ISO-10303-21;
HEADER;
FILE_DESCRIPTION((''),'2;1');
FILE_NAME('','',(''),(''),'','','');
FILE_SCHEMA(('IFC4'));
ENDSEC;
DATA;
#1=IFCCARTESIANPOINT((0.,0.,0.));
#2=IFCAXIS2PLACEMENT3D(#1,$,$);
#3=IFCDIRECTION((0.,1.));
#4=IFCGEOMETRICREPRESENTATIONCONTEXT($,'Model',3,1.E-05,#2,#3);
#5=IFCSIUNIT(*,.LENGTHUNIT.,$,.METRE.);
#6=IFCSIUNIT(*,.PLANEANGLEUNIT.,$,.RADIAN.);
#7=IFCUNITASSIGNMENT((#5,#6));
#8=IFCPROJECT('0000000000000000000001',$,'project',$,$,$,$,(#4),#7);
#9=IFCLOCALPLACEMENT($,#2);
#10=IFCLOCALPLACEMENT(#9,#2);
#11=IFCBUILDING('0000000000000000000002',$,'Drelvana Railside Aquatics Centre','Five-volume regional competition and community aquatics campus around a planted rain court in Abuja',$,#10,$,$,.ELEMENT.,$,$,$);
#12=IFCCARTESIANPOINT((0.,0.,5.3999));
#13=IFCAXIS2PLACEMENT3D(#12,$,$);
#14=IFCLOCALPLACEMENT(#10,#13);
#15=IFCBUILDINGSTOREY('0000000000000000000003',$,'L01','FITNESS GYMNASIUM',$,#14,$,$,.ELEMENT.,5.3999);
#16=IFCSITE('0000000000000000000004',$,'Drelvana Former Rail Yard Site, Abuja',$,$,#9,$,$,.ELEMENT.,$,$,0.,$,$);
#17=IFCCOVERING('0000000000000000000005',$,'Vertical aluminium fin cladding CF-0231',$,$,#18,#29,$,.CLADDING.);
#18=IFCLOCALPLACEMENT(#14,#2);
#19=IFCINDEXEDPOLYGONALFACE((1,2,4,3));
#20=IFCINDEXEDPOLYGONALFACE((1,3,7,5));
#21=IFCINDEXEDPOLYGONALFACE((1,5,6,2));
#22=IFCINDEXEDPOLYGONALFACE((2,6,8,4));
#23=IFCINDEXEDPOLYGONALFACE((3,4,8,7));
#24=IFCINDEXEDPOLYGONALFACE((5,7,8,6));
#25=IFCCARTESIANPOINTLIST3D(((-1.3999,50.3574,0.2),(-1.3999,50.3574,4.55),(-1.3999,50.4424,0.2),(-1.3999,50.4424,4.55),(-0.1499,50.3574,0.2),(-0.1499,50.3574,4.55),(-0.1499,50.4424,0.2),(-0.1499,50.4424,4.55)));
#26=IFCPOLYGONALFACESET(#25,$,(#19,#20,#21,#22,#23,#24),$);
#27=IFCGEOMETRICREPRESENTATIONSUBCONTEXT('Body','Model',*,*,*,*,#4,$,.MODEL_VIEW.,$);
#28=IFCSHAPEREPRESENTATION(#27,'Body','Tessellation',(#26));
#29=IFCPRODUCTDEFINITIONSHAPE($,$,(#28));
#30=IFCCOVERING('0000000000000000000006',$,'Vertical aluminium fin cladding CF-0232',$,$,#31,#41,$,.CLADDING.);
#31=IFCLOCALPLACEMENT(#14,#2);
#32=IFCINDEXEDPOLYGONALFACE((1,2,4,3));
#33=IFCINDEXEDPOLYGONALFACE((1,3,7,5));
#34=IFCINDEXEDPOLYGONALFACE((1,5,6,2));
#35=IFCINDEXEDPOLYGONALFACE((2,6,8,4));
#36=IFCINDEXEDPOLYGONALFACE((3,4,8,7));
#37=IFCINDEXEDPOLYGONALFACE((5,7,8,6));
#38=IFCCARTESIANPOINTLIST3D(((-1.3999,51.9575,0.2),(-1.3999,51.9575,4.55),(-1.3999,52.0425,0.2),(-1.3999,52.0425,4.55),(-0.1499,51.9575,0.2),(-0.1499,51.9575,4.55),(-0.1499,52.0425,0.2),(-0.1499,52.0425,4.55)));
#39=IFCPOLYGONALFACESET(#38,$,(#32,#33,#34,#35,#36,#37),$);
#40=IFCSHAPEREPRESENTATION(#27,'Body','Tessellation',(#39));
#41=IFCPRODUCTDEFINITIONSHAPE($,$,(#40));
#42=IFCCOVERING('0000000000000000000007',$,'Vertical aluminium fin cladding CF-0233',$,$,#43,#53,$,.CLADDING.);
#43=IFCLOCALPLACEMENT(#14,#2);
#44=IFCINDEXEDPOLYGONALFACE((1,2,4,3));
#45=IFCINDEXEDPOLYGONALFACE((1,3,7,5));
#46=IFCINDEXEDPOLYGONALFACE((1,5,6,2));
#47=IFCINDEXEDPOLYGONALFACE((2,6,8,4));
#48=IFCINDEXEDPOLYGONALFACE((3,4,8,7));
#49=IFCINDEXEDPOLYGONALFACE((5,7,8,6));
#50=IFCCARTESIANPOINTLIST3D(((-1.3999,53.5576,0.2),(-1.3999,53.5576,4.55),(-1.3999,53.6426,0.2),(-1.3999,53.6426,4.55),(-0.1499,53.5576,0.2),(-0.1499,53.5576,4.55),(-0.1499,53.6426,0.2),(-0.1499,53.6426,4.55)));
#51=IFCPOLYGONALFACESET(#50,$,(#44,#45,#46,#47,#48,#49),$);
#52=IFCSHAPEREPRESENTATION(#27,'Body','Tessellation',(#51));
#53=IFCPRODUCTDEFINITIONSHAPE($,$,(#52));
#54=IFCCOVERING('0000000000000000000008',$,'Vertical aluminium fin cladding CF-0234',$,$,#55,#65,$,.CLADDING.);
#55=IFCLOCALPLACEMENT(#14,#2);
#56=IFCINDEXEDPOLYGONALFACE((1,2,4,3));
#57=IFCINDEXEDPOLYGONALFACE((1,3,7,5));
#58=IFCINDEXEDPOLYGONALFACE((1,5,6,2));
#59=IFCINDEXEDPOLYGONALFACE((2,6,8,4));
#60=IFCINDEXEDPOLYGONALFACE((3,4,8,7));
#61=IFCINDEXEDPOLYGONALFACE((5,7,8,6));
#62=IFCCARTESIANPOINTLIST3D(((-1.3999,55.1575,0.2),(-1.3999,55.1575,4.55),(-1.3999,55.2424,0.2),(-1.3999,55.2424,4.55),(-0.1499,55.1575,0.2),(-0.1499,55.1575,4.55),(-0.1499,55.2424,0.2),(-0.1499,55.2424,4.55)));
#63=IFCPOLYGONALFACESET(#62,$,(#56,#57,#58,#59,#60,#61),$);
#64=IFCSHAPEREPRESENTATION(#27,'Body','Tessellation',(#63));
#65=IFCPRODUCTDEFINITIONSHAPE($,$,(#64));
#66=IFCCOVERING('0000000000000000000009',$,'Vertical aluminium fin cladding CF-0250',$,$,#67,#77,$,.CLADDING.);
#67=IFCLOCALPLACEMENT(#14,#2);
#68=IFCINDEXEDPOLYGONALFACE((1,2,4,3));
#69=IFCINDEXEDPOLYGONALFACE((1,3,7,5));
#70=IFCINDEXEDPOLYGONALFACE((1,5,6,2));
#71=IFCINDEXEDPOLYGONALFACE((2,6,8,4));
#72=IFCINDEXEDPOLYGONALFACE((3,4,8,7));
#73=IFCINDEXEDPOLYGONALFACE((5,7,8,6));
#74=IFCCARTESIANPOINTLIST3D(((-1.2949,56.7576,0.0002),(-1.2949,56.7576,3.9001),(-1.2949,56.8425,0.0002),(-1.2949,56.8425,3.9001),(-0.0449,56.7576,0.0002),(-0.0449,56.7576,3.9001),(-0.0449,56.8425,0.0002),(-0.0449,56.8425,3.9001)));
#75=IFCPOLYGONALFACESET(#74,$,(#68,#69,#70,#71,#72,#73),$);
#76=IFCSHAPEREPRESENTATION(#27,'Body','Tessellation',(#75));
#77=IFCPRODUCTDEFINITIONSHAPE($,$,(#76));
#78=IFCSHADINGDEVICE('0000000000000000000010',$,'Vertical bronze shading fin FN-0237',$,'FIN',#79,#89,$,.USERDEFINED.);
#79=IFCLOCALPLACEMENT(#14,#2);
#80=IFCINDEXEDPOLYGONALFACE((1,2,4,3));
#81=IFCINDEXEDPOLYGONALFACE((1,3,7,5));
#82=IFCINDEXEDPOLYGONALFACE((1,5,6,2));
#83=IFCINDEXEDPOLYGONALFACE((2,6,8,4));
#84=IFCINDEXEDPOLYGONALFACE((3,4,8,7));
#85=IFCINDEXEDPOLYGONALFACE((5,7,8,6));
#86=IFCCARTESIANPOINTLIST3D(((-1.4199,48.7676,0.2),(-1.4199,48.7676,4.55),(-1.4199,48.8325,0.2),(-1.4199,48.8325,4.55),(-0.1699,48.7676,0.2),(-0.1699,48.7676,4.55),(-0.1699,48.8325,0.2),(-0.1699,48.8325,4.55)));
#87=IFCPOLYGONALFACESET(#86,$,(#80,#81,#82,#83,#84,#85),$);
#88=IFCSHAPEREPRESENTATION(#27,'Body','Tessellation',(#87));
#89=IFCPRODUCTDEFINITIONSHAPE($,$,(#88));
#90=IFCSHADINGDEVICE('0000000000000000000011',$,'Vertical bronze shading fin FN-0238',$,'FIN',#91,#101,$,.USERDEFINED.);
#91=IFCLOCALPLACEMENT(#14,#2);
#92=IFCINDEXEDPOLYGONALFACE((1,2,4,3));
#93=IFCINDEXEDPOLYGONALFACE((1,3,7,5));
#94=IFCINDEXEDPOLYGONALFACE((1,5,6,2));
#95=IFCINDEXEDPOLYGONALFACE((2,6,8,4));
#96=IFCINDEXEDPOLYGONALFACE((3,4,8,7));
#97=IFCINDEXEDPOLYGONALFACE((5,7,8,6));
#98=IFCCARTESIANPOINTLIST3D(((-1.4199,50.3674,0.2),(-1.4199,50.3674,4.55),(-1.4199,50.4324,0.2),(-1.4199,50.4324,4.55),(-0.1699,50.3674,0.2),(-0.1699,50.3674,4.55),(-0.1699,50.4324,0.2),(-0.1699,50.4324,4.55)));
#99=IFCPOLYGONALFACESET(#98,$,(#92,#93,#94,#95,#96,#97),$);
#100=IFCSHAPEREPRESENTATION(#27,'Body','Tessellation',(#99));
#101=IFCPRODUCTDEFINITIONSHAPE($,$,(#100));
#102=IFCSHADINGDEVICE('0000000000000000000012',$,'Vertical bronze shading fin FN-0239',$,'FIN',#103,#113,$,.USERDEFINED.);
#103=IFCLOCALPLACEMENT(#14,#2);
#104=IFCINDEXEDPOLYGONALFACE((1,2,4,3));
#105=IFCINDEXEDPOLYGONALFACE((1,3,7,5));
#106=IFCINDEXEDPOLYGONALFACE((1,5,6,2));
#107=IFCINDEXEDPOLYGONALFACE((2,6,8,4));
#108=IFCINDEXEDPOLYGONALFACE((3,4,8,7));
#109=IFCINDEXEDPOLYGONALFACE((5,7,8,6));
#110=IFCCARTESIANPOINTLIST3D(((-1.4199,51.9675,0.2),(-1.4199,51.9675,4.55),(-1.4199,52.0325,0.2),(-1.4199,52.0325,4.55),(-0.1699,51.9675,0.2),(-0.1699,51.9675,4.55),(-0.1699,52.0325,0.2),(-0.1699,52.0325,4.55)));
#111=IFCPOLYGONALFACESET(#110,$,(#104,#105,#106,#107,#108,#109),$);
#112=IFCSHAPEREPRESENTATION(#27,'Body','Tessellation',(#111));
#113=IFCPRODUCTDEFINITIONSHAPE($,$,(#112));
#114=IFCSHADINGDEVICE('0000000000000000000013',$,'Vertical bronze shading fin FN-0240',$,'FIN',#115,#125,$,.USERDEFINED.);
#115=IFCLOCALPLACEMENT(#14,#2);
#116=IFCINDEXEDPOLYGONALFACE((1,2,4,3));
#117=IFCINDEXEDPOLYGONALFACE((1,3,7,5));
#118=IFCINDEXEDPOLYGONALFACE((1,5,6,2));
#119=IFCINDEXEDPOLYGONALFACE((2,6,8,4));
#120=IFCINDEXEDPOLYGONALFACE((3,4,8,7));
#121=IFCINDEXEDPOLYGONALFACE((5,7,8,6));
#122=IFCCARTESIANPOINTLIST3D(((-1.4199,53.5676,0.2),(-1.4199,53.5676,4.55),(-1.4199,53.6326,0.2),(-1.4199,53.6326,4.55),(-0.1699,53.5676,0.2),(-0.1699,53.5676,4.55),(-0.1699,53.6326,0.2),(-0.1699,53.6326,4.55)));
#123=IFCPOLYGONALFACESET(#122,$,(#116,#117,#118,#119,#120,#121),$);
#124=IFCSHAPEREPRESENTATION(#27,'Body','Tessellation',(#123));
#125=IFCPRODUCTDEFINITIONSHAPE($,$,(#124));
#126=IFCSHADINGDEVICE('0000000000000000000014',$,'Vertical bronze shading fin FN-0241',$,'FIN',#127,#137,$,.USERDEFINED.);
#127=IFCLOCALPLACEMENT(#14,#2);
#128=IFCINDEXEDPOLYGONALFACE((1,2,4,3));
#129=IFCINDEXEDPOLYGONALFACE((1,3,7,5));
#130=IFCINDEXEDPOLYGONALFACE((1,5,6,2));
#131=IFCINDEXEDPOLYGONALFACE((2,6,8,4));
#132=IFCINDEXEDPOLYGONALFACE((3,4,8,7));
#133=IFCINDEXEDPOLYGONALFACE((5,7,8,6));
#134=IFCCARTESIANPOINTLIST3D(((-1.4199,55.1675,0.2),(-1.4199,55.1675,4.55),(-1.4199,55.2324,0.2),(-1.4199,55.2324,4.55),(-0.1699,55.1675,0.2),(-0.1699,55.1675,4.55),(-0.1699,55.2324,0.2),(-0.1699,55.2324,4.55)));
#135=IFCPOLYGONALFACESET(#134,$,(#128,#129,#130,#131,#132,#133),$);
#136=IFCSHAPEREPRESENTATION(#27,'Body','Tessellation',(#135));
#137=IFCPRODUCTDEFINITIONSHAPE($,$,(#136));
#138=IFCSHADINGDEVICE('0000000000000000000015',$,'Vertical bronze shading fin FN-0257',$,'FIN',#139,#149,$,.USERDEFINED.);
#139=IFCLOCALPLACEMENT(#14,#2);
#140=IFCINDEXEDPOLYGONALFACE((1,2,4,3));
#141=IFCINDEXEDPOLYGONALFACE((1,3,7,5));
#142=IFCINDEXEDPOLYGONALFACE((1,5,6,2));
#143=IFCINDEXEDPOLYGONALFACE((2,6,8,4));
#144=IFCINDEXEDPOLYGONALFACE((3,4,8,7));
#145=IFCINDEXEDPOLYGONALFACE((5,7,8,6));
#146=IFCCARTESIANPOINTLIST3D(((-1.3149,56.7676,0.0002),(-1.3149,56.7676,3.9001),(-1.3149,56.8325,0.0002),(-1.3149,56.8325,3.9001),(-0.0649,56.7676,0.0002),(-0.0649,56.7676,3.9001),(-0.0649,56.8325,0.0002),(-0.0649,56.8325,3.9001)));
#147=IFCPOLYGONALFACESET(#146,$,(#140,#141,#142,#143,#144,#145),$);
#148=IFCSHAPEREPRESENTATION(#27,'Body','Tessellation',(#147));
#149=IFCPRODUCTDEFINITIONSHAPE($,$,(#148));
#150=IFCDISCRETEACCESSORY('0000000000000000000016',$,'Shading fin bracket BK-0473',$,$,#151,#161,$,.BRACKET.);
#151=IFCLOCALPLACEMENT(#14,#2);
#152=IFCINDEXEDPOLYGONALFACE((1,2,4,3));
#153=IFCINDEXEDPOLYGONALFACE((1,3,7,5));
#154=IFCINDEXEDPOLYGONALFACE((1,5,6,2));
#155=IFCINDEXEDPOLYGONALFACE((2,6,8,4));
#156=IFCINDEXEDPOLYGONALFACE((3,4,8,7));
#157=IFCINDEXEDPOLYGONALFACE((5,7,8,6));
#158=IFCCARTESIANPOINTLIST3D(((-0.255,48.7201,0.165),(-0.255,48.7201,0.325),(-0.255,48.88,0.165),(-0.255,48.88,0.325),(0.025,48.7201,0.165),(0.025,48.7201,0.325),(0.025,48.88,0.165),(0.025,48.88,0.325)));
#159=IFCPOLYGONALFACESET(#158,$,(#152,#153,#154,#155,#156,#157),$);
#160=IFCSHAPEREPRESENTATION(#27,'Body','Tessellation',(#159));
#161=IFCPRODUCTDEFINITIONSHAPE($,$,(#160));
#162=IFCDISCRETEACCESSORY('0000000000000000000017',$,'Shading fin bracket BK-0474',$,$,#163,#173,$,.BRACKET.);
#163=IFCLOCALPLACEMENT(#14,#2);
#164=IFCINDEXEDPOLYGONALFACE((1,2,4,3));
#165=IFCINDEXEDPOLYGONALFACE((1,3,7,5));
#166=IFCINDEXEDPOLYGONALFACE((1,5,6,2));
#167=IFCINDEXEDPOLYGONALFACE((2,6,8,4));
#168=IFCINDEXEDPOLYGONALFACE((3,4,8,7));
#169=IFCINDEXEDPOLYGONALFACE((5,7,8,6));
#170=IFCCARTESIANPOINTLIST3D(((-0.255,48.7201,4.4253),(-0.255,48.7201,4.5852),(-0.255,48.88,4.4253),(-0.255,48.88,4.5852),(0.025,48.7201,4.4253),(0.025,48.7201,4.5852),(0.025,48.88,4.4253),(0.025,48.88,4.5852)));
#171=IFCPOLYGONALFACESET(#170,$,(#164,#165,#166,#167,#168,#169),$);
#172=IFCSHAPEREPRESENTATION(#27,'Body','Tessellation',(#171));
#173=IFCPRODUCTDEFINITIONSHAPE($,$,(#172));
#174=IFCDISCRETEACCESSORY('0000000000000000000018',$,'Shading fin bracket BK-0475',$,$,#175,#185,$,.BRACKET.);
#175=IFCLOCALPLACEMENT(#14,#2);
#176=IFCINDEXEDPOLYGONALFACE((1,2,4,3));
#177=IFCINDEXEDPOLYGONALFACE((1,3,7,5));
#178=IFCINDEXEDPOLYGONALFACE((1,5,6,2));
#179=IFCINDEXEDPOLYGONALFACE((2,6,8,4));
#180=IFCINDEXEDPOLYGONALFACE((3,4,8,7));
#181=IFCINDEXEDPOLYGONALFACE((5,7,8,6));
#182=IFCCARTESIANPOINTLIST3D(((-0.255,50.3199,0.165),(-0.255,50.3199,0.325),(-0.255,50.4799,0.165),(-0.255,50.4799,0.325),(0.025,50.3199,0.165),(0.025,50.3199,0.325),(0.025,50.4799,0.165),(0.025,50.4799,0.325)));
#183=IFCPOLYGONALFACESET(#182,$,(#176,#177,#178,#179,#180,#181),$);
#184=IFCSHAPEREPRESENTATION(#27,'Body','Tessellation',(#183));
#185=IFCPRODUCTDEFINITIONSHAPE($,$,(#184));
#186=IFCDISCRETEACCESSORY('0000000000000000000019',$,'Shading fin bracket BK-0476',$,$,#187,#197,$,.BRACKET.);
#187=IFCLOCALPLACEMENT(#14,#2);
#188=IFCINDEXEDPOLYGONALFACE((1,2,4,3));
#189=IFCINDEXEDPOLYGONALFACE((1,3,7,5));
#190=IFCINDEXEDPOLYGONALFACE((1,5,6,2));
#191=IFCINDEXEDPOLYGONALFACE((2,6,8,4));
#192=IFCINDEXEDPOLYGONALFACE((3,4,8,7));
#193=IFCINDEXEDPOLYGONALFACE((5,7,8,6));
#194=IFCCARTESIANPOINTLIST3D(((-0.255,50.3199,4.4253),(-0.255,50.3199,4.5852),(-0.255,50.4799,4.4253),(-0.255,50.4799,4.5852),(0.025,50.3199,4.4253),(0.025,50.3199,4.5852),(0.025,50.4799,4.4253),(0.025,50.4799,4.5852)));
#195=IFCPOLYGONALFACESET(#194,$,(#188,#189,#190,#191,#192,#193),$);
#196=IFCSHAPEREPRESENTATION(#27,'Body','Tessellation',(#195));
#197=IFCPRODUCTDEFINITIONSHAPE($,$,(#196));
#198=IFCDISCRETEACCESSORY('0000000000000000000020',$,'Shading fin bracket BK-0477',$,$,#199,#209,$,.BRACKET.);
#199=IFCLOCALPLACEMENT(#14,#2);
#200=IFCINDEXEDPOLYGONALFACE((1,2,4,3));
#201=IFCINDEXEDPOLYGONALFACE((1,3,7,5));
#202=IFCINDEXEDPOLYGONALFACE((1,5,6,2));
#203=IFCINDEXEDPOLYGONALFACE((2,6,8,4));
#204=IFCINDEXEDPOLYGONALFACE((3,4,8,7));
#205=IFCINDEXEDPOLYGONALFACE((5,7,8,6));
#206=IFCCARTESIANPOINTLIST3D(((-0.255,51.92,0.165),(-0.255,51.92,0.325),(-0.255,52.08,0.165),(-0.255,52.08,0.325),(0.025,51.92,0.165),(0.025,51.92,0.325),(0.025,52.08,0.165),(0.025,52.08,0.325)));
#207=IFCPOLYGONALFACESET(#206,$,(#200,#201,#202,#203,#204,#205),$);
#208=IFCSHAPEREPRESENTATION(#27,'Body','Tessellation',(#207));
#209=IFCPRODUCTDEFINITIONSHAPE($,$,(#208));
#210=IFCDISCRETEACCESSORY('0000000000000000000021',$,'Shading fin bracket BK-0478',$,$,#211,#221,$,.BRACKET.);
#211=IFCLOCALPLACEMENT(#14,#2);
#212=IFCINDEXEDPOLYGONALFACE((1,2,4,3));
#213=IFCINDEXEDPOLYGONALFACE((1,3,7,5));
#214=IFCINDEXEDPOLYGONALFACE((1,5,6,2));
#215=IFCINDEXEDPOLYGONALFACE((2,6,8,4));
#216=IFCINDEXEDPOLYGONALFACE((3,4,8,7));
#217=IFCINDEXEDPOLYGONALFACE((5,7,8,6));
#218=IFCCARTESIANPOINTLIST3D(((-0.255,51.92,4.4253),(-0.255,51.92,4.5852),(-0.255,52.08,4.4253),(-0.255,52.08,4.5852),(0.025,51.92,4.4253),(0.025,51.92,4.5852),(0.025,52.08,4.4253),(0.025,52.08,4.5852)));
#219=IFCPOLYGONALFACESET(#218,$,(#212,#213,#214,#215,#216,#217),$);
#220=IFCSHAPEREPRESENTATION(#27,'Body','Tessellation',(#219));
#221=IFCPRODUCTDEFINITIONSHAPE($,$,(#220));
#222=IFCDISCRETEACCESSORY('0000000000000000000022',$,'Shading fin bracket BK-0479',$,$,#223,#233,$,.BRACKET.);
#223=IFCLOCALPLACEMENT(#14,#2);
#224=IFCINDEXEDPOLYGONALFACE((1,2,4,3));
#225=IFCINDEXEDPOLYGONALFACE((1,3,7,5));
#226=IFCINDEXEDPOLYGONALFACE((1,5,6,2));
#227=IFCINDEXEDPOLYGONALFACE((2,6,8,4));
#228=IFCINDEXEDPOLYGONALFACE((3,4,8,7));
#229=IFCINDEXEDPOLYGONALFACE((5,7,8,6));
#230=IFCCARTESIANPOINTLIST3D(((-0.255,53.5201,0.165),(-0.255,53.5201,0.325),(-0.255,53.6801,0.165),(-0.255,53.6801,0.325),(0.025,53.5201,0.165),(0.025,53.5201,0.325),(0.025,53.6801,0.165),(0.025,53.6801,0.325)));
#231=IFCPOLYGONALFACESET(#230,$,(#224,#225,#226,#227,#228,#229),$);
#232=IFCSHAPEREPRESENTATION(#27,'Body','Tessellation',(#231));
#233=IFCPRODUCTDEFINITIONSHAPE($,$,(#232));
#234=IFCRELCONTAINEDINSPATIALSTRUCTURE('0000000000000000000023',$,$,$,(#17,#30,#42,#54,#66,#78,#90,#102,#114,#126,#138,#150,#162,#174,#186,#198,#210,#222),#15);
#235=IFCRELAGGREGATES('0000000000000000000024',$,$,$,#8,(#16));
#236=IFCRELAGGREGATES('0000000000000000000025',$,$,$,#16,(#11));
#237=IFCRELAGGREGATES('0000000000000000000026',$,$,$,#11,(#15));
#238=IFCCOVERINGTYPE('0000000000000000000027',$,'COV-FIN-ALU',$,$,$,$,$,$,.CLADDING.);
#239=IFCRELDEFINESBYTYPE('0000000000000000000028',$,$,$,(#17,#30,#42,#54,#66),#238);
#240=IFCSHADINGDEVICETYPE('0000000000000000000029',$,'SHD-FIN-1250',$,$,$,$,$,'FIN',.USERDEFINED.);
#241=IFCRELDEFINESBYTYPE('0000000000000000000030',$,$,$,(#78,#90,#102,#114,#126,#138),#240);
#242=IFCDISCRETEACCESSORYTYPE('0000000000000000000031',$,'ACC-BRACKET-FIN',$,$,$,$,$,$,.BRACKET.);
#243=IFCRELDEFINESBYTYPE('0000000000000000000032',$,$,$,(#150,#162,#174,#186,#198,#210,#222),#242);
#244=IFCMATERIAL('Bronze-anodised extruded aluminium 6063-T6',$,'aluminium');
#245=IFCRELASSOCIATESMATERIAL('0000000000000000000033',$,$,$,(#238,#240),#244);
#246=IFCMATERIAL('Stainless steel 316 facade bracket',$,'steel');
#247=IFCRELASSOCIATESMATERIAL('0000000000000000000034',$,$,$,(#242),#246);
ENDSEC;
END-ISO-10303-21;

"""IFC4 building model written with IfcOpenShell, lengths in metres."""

from ifc_helpers import new_model, si_unit, direction, frame, origin, origin_2d, place, context, subcontext, project, spatial, rectangle, extrude, material, type_object, element, save


model = new_model("IFC4")

# Units and contexts
model_context = context("Model", 3, precision=1e-05, world=origin(), true_north=direction((0.0, 1.0)))
body_context = subcontext(model_context, "Body", "Model", "MODEL_VIEW")
ifc_project = project(units=[si_unit("LENGTHUNIT", "METRE"), si_unit("PLANEANGLEUNIT", "RADIAN")], contexts=[model_context])

# Site, building, storey
site_placement = place(None, origin())
site = spatial("IfcSite", under=ifc_project, at=site_placement, Name="Drelvana Former Rail Yard Site, Abuja", CompositionType="ELEMENT", RefElevation=0.0)
building_placement = place(site_placement, origin())
building = spatial("IfcBuilding", under=site, at=building_placement, Name="Drelvana Railside Aquatics Centre", Description="Five-volume regional competition and community aquatics campus around a planted rain court in Abuja", CompositionType="ELEMENT")
storey_placement = place(building_placement, frame((0.0, 0.0, 5.3999)))
storey = spatial("IfcBuildingStorey", under=building, at=storey_placement, Name="L01", Description="FITNESS GYMNASIUM", CompositionType="ELEMENT", Elevation=5.3999)

# Coverings
ifc_material_1 = material(Name="Bronze-anodised extruded aluminium 6063-T6", Category="aluminium")
covering_type = type_object("IfcCoveringType", Name="COV-FIN-ALU", PredefinedType="CLADDING", material=ifc_material_1)
for number, where, z_axis, x_axis, name in (
    (1, (-0.7749, 50.3999, 0.2), (0.0, 0.0, 1.0), (0.0, 1.0, 0.0), "Vertical aluminium fin cladding CF-0231"),
    (2, (-0.7749, 52.0, 0.2), (0.0, 0.0, 1.0), (0.0, 1.0, 0.0), "Vertical aluminium fin cladding CF-0232"),
    (3, (-0.7749, 53.6001, 0.2), (0.0, 0.0, 1.0), (0.0, 1.0, 0.0), "Vertical aluminium fin cladding CF-0233"),
    (4, (-0.7749, 55.2, 0.2), (0.0, 0.0, 1.0), (0.0, 1.0, 0.0), "Vertical aluminium fin cladding CF-0234"),
):
    element("IfcCovering", number, at=place(storey_placement, frame(where, z_axis=z_axis, x_axis=x_axis)), inside=storey, type_object=covering_type, Name=name, PredefinedType="CLADDING", context=body_context, shape_type="SweptSolid", body=[
        extrude(rectangle(XDim=0.085, YDim=1.25, at=origin_2d()), origin(), (0.0, 0.0, 1.0), 4.3501),
    ])
covering_placement = place(storey_placement, frame((-0.6699, 56.8, 0.0002), z_axis=(0.0, 0.0, 1.0), x_axis=(0.0, 1.0, 0.0)))
element("IfcCovering", 5, at=covering_placement, inside=storey, type_object=covering_type, Name="Vertical aluminium fin cladding CF-0250", PredefinedType="CLADDING", context=body_context, shape_type="SweptSolid", body=[
    extrude(rectangle(XDim=0.085, YDim=1.25, at=origin_2d()), origin(), (0.0, 0.0, 1.0), 3.8999),
])

# Shading devices
shading_device_type = type_object("IfcShadingDeviceType", Name="SHD-FIN-1250", ElementType="FIN", PredefinedType="USERDEFINED", material=ifc_material_1)
for number, where, z_axis, x_axis, name in (
    (6, (-0.7949, 48.8, 0.2), (0.0, 0.0, 1.0), (-1.0, 0.0, 0.0), "Vertical bronze shading fin FN-0237"),
    (7, (-0.7949, 50.3999, 0.2), (0.0, 0.0, 1.0), (-1.0, 0.0, 0.0), "Vertical bronze shading fin FN-0238"),
    (8, (-0.7949, 52.0, 0.2), (0.0, 0.0, 1.0), (-1.0, 0.0, 0.0), "Vertical bronze shading fin FN-0239"),
    (9, (-0.7949, 53.6001, 0.2), (0.0, 0.0, 1.0), (-1.0, 0.0, 0.0), "Vertical bronze shading fin FN-0240"),
    (10, (-0.7949, 55.2, 0.2), (0.0, 0.0, 1.0), (-1.0, 0.0, 0.0), "Vertical bronze shading fin FN-0241"),
):
    element("IfcShadingDevice", number, at=place(storey_placement, frame(where, z_axis=z_axis, x_axis=x_axis)), inside=storey, type_object=shading_device_type, Name=name, ObjectType="FIN", PredefinedType="USERDEFINED", context=body_context, shape_type="SweptSolid", body=[
        extrude(rectangle(XDim=1.25, YDim=0.0649, at=origin_2d()), origin(), (0.0, 0.0, 1.0), 4.3501),
    ])
shading_device_placement = place(storey_placement, frame((-0.6899, 56.8, 0.0002), z_axis=(0.0, 0.0, 1.0), x_axis=(-1.0, 0.0, 0.0)))
element("IfcShadingDevice", 11, at=shading_device_placement, inside=storey, type_object=shading_device_type, Name="Vertical bronze shading fin FN-0257", ObjectType="FIN", PredefinedType="USERDEFINED", context=body_context, shape_type="SweptSolid", body=[
    extrude(rectangle(XDim=1.25, YDim=0.0649, at=origin_2d()), origin(), (0.0, 0.0, 1.0), 3.8999),
])

# Discrete accessories
ifc_material_2 = material(Name="Stainless steel 316 facade bracket", Category="steel")
discrete_accessory_type = type_object("IfcDiscreteAccessoryType", Name="ACC-BRACKET-FIN", PredefinedType="BRACKET", material=ifc_material_2)
for number, where, z_axis, x_axis, name in (
    (12, (-0.115, 48.8, 0.165), (0.0, 0.0, 1.0), (-1.0, 0.0, 0.0), "Shading fin bracket BK-0473"),
    (13, (-0.115, 48.8, 4.4253), (0.0, 0.0, 1.0), (-1.0, 0.0, 0.0), "Shading fin bracket BK-0474"),
    (14, (-0.115, 50.3999, 0.165), (0.0, 0.0, 1.0), (-1.0, 0.0, 0.0), "Shading fin bracket BK-0475"),
    (15, (-0.115, 50.3999, 4.4253), (0.0, 0.0, 1.0), (-1.0, 0.0, 0.0), "Shading fin bracket BK-0476"),
    (16, (-0.115, 52.0, 0.165), (0.0, 0.0, 1.0), (-1.0, 0.0, 0.0), "Shading fin bracket BK-0477"),
    (17, (-0.115, 52.0, 4.4253), (0.0, 0.0, 1.0), (-1.0, 0.0, 0.0), "Shading fin bracket BK-0478"),
    (18, (-0.115, 53.6001, 0.165), (0.0, 0.0, 1.0), (-1.0, 0.0, 0.0), "Shading fin bracket BK-0479"),
):
    element("IfcDiscreteAccessory", number, at=place(storey_placement, frame(where, z_axis=z_axis, x_axis=x_axis)), inside=storey, type_object=discrete_accessory_type, Name=name, PredefinedType="BRACKET", context=body_context, shape_type="SweptSolid", body=[
        extrude(rectangle(XDim=0.28, YDim=0.1599, at=origin_2d()), origin(), (0.0, 0.0, 1.0), 0.1599),
    ])

save(model, "model.ifc")
